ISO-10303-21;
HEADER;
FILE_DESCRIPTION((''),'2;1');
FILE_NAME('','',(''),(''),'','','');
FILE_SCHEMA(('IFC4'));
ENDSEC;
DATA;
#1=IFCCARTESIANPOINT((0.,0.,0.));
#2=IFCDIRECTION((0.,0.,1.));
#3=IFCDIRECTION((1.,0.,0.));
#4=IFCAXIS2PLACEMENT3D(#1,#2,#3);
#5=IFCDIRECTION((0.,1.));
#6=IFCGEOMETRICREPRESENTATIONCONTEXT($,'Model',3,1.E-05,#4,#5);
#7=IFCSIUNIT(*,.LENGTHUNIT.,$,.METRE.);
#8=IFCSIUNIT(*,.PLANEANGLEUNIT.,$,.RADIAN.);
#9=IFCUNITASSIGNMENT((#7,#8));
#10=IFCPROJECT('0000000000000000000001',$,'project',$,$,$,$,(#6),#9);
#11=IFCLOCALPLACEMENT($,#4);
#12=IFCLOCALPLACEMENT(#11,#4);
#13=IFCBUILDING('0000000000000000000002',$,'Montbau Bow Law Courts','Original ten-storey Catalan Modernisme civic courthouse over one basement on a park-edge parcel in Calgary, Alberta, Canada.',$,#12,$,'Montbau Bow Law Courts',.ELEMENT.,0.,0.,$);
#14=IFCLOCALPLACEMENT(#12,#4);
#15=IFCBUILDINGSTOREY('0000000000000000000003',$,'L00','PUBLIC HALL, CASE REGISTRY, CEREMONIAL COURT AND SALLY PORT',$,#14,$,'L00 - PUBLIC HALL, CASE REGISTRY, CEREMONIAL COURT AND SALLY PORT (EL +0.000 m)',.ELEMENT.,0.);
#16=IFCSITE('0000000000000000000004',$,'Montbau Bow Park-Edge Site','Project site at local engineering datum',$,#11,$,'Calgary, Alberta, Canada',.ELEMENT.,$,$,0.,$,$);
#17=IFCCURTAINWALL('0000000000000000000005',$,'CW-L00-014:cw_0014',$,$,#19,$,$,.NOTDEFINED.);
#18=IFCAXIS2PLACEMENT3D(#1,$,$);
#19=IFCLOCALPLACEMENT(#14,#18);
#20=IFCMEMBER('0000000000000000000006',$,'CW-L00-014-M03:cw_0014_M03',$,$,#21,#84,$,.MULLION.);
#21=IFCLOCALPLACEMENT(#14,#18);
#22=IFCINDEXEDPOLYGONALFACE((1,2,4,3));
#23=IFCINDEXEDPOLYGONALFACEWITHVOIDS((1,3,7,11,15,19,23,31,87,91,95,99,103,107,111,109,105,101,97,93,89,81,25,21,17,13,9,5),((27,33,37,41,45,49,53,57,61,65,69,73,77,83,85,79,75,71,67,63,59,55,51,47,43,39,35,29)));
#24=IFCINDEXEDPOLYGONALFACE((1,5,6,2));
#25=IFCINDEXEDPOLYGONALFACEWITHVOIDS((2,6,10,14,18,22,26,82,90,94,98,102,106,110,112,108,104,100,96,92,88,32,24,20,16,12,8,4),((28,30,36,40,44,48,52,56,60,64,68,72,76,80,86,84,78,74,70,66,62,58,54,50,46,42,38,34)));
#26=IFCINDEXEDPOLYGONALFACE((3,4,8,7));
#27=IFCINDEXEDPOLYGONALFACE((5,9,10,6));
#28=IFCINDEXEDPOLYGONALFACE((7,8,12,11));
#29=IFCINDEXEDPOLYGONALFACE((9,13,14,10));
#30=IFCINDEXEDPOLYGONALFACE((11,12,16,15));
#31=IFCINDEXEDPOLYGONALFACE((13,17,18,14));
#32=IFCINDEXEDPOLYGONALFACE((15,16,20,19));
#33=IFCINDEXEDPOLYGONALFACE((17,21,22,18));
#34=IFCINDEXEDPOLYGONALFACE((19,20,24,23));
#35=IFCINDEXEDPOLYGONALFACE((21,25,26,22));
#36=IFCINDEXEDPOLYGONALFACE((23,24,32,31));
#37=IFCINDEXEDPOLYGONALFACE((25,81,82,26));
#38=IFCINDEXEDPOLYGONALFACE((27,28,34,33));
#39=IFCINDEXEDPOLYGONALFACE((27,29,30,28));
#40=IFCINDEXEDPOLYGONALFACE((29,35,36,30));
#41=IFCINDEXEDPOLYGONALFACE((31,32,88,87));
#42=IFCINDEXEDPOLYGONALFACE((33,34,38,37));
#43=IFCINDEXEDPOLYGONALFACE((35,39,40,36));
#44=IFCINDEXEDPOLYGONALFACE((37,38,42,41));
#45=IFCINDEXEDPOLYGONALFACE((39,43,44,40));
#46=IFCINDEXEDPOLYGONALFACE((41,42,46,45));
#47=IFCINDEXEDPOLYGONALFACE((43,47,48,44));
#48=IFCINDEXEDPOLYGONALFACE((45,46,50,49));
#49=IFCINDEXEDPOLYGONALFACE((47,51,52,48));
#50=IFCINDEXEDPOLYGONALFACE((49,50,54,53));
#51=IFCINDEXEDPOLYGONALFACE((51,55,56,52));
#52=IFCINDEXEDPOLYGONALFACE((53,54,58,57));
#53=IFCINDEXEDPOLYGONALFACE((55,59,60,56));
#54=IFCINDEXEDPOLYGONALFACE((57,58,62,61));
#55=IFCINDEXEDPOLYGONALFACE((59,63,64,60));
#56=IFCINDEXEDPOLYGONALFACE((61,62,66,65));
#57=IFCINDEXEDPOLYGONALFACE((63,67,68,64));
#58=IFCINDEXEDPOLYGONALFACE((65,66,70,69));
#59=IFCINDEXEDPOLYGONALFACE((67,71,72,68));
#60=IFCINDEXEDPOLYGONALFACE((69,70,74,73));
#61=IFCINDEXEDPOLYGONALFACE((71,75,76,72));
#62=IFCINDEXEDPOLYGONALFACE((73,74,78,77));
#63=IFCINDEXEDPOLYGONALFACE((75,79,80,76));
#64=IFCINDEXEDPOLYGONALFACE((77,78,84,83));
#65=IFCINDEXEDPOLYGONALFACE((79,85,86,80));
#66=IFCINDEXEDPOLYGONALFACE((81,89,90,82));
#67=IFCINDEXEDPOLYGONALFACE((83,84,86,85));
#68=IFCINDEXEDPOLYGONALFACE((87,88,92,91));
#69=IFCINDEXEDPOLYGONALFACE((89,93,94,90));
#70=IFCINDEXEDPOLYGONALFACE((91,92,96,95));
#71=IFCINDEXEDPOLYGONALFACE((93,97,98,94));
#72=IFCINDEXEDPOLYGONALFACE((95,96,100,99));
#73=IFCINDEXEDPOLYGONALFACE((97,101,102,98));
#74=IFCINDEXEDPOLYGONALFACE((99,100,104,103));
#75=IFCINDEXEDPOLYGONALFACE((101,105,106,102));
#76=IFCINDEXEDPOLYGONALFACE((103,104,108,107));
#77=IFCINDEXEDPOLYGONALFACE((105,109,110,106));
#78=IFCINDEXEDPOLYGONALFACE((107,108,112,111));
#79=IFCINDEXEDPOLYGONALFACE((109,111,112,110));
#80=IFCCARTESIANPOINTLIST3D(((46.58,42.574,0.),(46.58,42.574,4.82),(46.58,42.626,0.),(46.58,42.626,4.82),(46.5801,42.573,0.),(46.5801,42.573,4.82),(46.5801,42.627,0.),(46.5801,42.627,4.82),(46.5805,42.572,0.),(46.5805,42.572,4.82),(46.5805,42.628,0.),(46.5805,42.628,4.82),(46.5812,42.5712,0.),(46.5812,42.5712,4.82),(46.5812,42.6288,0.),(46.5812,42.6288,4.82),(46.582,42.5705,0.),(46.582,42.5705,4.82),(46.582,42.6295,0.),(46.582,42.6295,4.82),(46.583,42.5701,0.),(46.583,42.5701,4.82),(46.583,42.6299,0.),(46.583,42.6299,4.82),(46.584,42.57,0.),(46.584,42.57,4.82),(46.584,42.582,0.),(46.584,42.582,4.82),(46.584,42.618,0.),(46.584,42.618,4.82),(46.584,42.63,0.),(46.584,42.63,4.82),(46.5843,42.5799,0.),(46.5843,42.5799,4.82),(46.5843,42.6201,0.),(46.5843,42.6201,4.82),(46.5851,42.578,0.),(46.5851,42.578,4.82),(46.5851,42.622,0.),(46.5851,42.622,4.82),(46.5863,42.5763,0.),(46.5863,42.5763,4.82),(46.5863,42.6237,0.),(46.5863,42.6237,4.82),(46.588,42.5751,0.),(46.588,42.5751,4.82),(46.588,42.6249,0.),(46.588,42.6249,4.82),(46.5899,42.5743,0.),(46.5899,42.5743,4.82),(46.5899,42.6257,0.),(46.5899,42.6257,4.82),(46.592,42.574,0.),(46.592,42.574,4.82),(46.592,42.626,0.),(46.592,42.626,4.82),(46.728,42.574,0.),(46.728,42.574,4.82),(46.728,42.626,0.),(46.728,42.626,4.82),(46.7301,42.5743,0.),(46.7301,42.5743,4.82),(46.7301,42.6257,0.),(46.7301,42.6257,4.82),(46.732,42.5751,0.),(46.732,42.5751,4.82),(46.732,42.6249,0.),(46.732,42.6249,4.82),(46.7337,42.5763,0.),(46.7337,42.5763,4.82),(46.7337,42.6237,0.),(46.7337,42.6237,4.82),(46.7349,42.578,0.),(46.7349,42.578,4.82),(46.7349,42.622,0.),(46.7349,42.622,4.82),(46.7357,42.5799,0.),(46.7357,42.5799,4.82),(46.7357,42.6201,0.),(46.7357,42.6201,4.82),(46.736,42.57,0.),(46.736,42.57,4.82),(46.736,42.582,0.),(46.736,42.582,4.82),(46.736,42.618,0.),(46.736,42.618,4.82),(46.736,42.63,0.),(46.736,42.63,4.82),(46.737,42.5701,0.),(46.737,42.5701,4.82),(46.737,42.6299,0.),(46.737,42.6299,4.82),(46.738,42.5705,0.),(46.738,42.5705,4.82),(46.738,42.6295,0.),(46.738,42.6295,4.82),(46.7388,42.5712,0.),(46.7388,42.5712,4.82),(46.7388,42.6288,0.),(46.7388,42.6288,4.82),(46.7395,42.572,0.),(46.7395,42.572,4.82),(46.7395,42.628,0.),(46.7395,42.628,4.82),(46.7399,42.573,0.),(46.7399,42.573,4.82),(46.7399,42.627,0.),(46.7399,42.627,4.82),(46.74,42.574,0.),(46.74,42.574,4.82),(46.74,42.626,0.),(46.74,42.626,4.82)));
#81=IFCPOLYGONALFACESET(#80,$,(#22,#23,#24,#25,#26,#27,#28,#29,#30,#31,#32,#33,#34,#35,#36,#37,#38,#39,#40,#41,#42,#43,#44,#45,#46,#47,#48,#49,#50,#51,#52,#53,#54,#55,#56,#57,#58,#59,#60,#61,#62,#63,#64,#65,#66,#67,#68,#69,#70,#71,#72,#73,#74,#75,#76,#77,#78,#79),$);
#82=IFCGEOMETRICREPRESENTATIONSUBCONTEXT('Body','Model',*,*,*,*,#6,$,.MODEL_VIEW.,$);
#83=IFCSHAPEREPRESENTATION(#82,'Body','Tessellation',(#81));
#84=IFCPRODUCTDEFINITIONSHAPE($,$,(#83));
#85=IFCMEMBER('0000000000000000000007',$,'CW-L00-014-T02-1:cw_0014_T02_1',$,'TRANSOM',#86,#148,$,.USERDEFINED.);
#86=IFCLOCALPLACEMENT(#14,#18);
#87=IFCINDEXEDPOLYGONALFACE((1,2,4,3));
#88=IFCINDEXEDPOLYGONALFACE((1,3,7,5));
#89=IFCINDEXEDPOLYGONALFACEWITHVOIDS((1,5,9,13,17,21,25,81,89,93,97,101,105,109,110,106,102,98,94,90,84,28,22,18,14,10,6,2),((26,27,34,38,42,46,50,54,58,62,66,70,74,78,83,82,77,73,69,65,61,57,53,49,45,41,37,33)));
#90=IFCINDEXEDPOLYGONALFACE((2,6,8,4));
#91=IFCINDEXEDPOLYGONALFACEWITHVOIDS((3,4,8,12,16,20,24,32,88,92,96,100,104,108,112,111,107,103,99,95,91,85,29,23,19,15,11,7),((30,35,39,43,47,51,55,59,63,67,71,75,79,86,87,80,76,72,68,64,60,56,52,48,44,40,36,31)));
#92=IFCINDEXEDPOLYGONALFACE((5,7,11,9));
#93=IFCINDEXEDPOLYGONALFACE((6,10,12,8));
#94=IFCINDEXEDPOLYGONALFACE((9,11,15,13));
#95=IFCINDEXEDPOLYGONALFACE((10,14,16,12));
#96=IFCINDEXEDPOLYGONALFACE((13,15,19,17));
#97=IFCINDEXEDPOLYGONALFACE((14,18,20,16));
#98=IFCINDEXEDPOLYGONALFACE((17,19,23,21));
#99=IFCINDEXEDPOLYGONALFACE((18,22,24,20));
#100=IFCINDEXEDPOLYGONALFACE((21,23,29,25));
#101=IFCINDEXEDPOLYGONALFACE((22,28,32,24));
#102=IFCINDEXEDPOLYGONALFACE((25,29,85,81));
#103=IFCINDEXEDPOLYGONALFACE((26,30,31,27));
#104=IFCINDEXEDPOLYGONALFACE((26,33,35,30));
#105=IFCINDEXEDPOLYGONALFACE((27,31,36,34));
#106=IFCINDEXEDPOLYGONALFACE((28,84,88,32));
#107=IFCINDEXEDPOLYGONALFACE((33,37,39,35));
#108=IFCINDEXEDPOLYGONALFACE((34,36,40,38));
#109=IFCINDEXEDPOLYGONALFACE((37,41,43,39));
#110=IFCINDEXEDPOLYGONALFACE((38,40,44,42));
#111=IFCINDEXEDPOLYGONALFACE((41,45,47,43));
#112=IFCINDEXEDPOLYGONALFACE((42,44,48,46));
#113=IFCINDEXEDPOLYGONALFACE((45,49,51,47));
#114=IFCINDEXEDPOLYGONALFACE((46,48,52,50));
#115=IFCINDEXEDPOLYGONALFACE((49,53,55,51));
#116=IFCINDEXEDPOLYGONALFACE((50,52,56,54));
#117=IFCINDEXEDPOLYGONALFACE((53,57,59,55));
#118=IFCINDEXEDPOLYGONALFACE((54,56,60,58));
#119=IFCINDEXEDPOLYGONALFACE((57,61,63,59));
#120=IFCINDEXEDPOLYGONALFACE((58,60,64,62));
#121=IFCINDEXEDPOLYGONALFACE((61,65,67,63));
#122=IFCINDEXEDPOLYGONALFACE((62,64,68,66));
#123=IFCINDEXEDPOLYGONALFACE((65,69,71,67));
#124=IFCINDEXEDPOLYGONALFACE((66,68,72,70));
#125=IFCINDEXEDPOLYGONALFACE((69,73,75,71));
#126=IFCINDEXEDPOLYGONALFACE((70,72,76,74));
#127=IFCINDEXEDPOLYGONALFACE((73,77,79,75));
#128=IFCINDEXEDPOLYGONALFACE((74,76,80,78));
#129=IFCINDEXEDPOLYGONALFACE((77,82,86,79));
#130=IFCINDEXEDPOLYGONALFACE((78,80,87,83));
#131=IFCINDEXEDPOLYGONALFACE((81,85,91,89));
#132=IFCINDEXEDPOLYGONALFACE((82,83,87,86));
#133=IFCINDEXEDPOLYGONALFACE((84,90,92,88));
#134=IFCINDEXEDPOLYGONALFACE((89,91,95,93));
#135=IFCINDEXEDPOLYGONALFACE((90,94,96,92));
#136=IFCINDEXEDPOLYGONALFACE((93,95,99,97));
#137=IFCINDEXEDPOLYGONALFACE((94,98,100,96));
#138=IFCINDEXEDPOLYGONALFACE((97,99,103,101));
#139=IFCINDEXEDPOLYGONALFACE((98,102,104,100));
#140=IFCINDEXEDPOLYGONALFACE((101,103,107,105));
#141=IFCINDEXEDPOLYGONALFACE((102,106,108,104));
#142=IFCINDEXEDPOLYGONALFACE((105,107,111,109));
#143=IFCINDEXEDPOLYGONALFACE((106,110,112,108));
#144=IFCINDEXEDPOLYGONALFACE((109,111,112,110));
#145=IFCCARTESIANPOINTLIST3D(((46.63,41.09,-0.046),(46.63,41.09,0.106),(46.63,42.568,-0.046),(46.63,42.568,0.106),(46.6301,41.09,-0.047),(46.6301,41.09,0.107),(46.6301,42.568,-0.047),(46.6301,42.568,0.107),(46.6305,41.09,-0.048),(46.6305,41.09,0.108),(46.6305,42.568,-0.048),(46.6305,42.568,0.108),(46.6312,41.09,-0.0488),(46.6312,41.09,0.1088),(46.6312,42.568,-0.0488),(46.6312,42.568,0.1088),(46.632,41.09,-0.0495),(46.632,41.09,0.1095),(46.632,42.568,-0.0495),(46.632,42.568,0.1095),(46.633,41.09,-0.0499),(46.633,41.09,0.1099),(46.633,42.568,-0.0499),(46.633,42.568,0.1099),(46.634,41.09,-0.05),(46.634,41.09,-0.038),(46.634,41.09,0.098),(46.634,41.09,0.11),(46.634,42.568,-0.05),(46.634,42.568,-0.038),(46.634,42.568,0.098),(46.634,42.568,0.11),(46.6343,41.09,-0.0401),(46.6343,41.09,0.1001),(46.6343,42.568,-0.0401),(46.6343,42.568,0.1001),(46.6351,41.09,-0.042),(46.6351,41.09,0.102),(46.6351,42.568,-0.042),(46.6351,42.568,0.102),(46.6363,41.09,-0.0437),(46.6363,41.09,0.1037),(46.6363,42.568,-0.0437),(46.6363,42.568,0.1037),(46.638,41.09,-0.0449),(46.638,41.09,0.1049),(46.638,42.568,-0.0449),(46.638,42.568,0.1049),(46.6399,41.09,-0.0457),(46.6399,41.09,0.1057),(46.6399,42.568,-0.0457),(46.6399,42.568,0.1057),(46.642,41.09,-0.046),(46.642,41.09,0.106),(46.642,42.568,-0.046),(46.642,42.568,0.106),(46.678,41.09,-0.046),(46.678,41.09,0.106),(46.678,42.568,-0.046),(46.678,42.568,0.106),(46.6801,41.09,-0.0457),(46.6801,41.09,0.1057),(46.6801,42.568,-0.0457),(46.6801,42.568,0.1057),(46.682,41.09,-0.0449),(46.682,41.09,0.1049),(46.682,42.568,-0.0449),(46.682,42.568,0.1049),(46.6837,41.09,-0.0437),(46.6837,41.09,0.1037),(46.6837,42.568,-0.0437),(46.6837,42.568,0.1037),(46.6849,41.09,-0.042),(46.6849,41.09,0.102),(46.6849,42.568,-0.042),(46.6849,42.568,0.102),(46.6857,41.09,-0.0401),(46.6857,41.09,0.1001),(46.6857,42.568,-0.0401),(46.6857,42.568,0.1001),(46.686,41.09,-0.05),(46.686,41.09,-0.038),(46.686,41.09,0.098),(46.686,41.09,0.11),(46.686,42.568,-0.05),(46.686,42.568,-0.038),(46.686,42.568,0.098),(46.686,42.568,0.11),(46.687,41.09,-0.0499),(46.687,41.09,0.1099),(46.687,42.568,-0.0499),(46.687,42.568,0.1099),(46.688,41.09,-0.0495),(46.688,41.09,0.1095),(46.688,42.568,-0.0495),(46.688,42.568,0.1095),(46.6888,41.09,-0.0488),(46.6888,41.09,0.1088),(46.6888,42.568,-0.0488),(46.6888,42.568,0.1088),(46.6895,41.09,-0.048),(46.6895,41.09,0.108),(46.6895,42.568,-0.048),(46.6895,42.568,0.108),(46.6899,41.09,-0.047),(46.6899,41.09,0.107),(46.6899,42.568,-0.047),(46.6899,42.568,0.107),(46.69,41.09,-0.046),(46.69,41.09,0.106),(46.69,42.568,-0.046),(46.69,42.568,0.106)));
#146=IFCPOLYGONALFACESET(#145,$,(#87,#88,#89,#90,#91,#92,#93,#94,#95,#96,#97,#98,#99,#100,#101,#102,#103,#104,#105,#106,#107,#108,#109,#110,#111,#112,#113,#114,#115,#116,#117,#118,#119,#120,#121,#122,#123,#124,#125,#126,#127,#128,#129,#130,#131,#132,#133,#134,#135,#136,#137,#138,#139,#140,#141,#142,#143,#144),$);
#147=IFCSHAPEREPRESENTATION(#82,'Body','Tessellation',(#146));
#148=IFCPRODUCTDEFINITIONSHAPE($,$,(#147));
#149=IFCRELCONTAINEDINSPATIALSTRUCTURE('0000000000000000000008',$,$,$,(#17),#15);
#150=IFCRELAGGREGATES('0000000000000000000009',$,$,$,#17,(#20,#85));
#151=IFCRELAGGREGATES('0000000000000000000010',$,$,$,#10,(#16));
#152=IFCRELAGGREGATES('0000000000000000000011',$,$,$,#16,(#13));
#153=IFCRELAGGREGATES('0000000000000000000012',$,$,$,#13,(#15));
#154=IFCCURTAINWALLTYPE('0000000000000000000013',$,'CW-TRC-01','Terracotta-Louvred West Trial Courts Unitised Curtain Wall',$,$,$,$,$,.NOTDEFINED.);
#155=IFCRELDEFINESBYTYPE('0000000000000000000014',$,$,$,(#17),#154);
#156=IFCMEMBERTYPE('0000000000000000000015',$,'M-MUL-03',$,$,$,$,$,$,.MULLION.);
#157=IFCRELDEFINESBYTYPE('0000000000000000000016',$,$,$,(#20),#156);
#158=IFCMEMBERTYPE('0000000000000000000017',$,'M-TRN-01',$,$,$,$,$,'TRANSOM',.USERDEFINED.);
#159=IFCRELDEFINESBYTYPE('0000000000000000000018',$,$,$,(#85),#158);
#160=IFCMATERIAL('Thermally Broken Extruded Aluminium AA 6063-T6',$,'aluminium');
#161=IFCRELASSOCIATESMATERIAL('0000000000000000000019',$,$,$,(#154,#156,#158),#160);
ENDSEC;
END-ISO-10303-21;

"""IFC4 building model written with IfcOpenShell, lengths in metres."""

from ifc_helpers import new_model, si_unit, direction, frame, origin_with_axes, origin_2d_with_axis, place, context, subcontext, project, spatial, hollow_rectangle, extrude, material, material_profile, profile_set, type_object, element, aggregate, save


model = new_model("IFC4")

# Units and contexts
model_context = context("Model", 3, precision=1e-05, world=origin_with_axes(), true_north=direction((0.0, 1.0)))
body_context = subcontext(model_context, "Body", "Model", "MODEL_VIEW")
ifc_project = project(units=[si_unit("LENGTHUNIT", "METRE"), si_unit("PLANEANGLEUNIT", "RADIAN")], contexts=[model_context])

# Site, building, storey
site_placement = place(None, origin_with_axes())
site = spatial("IfcSite", under=ifc_project, at=site_placement, Name="Montbau Bow Park-Edge Site", Description="Project site at local engineering datum", LongName="Calgary, Alberta, Canada", CompositionType="ELEMENT", RefElevation=0.0)
building_placement = place(site_placement, origin_with_axes())
building = spatial("IfcBuilding", under=site, at=building_placement, Name="Montbau Bow Law Courts", Description="Original ten-storey Catalan Modernisme civic courthouse over one basement on a park-edge parcel in Calgary, Alberta, Canada.", LongName="Montbau Bow Law Courts", CompositionType="ELEMENT", ElevationOfRefHeight=0.0, ElevationOfTerrain=0.0)
storey_placement = place(building_placement, origin_with_axes())
storey = spatial("IfcBuildingStorey", under=building, at=storey_placement, Name="L00", Description="PUBLIC HALL, CASE REGISTRY, CEREMONIAL COURT AND SALLY PORT", LongName="L00 - PUBLIC HALL, CASE REGISTRY, CEREMONIAL COURT AND SALLY PORT (EL +0.000 m)", CompositionType="ELEMENT", Elevation=0.0)

# Shared definitions
ifc_material_1 = material(Name="Thermally Broken Extruded Aluminium AA 6063-T6", Category="aluminium")

# Curtain wall, members
curtain_wall_type_1 = type_object("IfcCurtainWallType", Name="CW-TRC-01", Description="Terracotta-Louvred West Trial Courts Unitised Curtain Wall", PredefinedType="NOTDEFINED", material=ifc_material_1)
curtain_wall_1_placement = place(None, frame((46.66, 39.515, 0.0), z_axis=(0.0, 0.0, 1.0), x_axis=(1.0, 0.0, 0.0)))
curtain_wall_1 = element("IfcCurtainWall", 1, at=curtain_wall_1_placement, inside=storey, type_object=curtain_wall_type_1, Name="CW-L00-014:cw_0014", PredefinedType="NOTDEFINED")
ifc_material_profile_1 = material_profile(ifc_material_1, hollow_rectangle(XDim=0.06, YDim=0.16, WallThickness=0.004, InnerFilletRadius=0.008, OuterFilletRadius=0.004, at=origin_2d_with_axis()), Name="CWM-160X60", Category="Main", Priority=0)
ifc_profile_set_1 = profile_set([ifc_material_profile_1], Name="Thermally Broken Extruded Aluminium AA 6063-T6")
member_type_1 = type_object("IfcMemberType", Name="M-MUL-03", PredefinedType="MULLION", material=ifc_profile_set_1)
member_1_placement = place(None, frame((46.66, 42.6, 0.0), z_axis=(0.0, 0.0, 1.0), x_axis=(0.0, 1.0, 0.0)))
member_1 = element("IfcMember", 2, at=member_1_placement, type_object=member_type_1, Name="CW-L00-014-M03:cw_0014_M03", PredefinedType="MULLION", context=body_context, shape_type="SweptSolid", body=[
    extrude(hollow_rectangle(XDim=0.06, YDim=0.16, WallThickness=0.004, InnerFilletRadius=0.008, OuterFilletRadius=0.004, at=origin_2d_with_axis()), origin_with_axes(), (0.0, 0.0, 1.0), 4.82),
])
ifc_material_profile_2 = material_profile(ifc_material_1, hollow_rectangle(XDim=0.06, YDim=0.16, WallThickness=0.004, InnerFilletRadius=0.008, OuterFilletRadius=0.004, at=origin_2d_with_axis()), Name="CWT-160X60", Category="Main", Priority=0)
ifc_profile_set_2 = profile_set([ifc_material_profile_2], Name="Thermally Broken Extruded Aluminium AA 6063-T6")
member_type_2 = type_object("IfcMemberType", Name="M-TRN-01", ElementType="TRANSOM", PredefinedType="USERDEFINED", material=ifc_profile_set_2)
member_2_placement = place(None, frame((46.66, 41.09, 0.03), z_axis=(0.0, 1.0, 0.0), x_axis=(-1.0, 0.0, 0.0)))
member_2 = element("IfcMember", 3, at=member_2_placement, type_object=member_type_2, Name="CW-L00-014-T02-1:cw_0014_T02_1", ObjectType="TRANSOM", PredefinedType="USERDEFINED", context=body_context, shape_type="SweptSolid", body=[
    extrude(hollow_rectangle(XDim=0.06, YDim=0.16, WallThickness=0.004, InnerFilletRadius=0.008, OuterFilletRadius=0.004, at=origin_2d_with_axis()), origin_with_axes(), (0.0, 0.0, 1.0), 1.478),
])

aggregate(curtain_wall_1, [member_1, member_2])

save(model, "model.ifc")
